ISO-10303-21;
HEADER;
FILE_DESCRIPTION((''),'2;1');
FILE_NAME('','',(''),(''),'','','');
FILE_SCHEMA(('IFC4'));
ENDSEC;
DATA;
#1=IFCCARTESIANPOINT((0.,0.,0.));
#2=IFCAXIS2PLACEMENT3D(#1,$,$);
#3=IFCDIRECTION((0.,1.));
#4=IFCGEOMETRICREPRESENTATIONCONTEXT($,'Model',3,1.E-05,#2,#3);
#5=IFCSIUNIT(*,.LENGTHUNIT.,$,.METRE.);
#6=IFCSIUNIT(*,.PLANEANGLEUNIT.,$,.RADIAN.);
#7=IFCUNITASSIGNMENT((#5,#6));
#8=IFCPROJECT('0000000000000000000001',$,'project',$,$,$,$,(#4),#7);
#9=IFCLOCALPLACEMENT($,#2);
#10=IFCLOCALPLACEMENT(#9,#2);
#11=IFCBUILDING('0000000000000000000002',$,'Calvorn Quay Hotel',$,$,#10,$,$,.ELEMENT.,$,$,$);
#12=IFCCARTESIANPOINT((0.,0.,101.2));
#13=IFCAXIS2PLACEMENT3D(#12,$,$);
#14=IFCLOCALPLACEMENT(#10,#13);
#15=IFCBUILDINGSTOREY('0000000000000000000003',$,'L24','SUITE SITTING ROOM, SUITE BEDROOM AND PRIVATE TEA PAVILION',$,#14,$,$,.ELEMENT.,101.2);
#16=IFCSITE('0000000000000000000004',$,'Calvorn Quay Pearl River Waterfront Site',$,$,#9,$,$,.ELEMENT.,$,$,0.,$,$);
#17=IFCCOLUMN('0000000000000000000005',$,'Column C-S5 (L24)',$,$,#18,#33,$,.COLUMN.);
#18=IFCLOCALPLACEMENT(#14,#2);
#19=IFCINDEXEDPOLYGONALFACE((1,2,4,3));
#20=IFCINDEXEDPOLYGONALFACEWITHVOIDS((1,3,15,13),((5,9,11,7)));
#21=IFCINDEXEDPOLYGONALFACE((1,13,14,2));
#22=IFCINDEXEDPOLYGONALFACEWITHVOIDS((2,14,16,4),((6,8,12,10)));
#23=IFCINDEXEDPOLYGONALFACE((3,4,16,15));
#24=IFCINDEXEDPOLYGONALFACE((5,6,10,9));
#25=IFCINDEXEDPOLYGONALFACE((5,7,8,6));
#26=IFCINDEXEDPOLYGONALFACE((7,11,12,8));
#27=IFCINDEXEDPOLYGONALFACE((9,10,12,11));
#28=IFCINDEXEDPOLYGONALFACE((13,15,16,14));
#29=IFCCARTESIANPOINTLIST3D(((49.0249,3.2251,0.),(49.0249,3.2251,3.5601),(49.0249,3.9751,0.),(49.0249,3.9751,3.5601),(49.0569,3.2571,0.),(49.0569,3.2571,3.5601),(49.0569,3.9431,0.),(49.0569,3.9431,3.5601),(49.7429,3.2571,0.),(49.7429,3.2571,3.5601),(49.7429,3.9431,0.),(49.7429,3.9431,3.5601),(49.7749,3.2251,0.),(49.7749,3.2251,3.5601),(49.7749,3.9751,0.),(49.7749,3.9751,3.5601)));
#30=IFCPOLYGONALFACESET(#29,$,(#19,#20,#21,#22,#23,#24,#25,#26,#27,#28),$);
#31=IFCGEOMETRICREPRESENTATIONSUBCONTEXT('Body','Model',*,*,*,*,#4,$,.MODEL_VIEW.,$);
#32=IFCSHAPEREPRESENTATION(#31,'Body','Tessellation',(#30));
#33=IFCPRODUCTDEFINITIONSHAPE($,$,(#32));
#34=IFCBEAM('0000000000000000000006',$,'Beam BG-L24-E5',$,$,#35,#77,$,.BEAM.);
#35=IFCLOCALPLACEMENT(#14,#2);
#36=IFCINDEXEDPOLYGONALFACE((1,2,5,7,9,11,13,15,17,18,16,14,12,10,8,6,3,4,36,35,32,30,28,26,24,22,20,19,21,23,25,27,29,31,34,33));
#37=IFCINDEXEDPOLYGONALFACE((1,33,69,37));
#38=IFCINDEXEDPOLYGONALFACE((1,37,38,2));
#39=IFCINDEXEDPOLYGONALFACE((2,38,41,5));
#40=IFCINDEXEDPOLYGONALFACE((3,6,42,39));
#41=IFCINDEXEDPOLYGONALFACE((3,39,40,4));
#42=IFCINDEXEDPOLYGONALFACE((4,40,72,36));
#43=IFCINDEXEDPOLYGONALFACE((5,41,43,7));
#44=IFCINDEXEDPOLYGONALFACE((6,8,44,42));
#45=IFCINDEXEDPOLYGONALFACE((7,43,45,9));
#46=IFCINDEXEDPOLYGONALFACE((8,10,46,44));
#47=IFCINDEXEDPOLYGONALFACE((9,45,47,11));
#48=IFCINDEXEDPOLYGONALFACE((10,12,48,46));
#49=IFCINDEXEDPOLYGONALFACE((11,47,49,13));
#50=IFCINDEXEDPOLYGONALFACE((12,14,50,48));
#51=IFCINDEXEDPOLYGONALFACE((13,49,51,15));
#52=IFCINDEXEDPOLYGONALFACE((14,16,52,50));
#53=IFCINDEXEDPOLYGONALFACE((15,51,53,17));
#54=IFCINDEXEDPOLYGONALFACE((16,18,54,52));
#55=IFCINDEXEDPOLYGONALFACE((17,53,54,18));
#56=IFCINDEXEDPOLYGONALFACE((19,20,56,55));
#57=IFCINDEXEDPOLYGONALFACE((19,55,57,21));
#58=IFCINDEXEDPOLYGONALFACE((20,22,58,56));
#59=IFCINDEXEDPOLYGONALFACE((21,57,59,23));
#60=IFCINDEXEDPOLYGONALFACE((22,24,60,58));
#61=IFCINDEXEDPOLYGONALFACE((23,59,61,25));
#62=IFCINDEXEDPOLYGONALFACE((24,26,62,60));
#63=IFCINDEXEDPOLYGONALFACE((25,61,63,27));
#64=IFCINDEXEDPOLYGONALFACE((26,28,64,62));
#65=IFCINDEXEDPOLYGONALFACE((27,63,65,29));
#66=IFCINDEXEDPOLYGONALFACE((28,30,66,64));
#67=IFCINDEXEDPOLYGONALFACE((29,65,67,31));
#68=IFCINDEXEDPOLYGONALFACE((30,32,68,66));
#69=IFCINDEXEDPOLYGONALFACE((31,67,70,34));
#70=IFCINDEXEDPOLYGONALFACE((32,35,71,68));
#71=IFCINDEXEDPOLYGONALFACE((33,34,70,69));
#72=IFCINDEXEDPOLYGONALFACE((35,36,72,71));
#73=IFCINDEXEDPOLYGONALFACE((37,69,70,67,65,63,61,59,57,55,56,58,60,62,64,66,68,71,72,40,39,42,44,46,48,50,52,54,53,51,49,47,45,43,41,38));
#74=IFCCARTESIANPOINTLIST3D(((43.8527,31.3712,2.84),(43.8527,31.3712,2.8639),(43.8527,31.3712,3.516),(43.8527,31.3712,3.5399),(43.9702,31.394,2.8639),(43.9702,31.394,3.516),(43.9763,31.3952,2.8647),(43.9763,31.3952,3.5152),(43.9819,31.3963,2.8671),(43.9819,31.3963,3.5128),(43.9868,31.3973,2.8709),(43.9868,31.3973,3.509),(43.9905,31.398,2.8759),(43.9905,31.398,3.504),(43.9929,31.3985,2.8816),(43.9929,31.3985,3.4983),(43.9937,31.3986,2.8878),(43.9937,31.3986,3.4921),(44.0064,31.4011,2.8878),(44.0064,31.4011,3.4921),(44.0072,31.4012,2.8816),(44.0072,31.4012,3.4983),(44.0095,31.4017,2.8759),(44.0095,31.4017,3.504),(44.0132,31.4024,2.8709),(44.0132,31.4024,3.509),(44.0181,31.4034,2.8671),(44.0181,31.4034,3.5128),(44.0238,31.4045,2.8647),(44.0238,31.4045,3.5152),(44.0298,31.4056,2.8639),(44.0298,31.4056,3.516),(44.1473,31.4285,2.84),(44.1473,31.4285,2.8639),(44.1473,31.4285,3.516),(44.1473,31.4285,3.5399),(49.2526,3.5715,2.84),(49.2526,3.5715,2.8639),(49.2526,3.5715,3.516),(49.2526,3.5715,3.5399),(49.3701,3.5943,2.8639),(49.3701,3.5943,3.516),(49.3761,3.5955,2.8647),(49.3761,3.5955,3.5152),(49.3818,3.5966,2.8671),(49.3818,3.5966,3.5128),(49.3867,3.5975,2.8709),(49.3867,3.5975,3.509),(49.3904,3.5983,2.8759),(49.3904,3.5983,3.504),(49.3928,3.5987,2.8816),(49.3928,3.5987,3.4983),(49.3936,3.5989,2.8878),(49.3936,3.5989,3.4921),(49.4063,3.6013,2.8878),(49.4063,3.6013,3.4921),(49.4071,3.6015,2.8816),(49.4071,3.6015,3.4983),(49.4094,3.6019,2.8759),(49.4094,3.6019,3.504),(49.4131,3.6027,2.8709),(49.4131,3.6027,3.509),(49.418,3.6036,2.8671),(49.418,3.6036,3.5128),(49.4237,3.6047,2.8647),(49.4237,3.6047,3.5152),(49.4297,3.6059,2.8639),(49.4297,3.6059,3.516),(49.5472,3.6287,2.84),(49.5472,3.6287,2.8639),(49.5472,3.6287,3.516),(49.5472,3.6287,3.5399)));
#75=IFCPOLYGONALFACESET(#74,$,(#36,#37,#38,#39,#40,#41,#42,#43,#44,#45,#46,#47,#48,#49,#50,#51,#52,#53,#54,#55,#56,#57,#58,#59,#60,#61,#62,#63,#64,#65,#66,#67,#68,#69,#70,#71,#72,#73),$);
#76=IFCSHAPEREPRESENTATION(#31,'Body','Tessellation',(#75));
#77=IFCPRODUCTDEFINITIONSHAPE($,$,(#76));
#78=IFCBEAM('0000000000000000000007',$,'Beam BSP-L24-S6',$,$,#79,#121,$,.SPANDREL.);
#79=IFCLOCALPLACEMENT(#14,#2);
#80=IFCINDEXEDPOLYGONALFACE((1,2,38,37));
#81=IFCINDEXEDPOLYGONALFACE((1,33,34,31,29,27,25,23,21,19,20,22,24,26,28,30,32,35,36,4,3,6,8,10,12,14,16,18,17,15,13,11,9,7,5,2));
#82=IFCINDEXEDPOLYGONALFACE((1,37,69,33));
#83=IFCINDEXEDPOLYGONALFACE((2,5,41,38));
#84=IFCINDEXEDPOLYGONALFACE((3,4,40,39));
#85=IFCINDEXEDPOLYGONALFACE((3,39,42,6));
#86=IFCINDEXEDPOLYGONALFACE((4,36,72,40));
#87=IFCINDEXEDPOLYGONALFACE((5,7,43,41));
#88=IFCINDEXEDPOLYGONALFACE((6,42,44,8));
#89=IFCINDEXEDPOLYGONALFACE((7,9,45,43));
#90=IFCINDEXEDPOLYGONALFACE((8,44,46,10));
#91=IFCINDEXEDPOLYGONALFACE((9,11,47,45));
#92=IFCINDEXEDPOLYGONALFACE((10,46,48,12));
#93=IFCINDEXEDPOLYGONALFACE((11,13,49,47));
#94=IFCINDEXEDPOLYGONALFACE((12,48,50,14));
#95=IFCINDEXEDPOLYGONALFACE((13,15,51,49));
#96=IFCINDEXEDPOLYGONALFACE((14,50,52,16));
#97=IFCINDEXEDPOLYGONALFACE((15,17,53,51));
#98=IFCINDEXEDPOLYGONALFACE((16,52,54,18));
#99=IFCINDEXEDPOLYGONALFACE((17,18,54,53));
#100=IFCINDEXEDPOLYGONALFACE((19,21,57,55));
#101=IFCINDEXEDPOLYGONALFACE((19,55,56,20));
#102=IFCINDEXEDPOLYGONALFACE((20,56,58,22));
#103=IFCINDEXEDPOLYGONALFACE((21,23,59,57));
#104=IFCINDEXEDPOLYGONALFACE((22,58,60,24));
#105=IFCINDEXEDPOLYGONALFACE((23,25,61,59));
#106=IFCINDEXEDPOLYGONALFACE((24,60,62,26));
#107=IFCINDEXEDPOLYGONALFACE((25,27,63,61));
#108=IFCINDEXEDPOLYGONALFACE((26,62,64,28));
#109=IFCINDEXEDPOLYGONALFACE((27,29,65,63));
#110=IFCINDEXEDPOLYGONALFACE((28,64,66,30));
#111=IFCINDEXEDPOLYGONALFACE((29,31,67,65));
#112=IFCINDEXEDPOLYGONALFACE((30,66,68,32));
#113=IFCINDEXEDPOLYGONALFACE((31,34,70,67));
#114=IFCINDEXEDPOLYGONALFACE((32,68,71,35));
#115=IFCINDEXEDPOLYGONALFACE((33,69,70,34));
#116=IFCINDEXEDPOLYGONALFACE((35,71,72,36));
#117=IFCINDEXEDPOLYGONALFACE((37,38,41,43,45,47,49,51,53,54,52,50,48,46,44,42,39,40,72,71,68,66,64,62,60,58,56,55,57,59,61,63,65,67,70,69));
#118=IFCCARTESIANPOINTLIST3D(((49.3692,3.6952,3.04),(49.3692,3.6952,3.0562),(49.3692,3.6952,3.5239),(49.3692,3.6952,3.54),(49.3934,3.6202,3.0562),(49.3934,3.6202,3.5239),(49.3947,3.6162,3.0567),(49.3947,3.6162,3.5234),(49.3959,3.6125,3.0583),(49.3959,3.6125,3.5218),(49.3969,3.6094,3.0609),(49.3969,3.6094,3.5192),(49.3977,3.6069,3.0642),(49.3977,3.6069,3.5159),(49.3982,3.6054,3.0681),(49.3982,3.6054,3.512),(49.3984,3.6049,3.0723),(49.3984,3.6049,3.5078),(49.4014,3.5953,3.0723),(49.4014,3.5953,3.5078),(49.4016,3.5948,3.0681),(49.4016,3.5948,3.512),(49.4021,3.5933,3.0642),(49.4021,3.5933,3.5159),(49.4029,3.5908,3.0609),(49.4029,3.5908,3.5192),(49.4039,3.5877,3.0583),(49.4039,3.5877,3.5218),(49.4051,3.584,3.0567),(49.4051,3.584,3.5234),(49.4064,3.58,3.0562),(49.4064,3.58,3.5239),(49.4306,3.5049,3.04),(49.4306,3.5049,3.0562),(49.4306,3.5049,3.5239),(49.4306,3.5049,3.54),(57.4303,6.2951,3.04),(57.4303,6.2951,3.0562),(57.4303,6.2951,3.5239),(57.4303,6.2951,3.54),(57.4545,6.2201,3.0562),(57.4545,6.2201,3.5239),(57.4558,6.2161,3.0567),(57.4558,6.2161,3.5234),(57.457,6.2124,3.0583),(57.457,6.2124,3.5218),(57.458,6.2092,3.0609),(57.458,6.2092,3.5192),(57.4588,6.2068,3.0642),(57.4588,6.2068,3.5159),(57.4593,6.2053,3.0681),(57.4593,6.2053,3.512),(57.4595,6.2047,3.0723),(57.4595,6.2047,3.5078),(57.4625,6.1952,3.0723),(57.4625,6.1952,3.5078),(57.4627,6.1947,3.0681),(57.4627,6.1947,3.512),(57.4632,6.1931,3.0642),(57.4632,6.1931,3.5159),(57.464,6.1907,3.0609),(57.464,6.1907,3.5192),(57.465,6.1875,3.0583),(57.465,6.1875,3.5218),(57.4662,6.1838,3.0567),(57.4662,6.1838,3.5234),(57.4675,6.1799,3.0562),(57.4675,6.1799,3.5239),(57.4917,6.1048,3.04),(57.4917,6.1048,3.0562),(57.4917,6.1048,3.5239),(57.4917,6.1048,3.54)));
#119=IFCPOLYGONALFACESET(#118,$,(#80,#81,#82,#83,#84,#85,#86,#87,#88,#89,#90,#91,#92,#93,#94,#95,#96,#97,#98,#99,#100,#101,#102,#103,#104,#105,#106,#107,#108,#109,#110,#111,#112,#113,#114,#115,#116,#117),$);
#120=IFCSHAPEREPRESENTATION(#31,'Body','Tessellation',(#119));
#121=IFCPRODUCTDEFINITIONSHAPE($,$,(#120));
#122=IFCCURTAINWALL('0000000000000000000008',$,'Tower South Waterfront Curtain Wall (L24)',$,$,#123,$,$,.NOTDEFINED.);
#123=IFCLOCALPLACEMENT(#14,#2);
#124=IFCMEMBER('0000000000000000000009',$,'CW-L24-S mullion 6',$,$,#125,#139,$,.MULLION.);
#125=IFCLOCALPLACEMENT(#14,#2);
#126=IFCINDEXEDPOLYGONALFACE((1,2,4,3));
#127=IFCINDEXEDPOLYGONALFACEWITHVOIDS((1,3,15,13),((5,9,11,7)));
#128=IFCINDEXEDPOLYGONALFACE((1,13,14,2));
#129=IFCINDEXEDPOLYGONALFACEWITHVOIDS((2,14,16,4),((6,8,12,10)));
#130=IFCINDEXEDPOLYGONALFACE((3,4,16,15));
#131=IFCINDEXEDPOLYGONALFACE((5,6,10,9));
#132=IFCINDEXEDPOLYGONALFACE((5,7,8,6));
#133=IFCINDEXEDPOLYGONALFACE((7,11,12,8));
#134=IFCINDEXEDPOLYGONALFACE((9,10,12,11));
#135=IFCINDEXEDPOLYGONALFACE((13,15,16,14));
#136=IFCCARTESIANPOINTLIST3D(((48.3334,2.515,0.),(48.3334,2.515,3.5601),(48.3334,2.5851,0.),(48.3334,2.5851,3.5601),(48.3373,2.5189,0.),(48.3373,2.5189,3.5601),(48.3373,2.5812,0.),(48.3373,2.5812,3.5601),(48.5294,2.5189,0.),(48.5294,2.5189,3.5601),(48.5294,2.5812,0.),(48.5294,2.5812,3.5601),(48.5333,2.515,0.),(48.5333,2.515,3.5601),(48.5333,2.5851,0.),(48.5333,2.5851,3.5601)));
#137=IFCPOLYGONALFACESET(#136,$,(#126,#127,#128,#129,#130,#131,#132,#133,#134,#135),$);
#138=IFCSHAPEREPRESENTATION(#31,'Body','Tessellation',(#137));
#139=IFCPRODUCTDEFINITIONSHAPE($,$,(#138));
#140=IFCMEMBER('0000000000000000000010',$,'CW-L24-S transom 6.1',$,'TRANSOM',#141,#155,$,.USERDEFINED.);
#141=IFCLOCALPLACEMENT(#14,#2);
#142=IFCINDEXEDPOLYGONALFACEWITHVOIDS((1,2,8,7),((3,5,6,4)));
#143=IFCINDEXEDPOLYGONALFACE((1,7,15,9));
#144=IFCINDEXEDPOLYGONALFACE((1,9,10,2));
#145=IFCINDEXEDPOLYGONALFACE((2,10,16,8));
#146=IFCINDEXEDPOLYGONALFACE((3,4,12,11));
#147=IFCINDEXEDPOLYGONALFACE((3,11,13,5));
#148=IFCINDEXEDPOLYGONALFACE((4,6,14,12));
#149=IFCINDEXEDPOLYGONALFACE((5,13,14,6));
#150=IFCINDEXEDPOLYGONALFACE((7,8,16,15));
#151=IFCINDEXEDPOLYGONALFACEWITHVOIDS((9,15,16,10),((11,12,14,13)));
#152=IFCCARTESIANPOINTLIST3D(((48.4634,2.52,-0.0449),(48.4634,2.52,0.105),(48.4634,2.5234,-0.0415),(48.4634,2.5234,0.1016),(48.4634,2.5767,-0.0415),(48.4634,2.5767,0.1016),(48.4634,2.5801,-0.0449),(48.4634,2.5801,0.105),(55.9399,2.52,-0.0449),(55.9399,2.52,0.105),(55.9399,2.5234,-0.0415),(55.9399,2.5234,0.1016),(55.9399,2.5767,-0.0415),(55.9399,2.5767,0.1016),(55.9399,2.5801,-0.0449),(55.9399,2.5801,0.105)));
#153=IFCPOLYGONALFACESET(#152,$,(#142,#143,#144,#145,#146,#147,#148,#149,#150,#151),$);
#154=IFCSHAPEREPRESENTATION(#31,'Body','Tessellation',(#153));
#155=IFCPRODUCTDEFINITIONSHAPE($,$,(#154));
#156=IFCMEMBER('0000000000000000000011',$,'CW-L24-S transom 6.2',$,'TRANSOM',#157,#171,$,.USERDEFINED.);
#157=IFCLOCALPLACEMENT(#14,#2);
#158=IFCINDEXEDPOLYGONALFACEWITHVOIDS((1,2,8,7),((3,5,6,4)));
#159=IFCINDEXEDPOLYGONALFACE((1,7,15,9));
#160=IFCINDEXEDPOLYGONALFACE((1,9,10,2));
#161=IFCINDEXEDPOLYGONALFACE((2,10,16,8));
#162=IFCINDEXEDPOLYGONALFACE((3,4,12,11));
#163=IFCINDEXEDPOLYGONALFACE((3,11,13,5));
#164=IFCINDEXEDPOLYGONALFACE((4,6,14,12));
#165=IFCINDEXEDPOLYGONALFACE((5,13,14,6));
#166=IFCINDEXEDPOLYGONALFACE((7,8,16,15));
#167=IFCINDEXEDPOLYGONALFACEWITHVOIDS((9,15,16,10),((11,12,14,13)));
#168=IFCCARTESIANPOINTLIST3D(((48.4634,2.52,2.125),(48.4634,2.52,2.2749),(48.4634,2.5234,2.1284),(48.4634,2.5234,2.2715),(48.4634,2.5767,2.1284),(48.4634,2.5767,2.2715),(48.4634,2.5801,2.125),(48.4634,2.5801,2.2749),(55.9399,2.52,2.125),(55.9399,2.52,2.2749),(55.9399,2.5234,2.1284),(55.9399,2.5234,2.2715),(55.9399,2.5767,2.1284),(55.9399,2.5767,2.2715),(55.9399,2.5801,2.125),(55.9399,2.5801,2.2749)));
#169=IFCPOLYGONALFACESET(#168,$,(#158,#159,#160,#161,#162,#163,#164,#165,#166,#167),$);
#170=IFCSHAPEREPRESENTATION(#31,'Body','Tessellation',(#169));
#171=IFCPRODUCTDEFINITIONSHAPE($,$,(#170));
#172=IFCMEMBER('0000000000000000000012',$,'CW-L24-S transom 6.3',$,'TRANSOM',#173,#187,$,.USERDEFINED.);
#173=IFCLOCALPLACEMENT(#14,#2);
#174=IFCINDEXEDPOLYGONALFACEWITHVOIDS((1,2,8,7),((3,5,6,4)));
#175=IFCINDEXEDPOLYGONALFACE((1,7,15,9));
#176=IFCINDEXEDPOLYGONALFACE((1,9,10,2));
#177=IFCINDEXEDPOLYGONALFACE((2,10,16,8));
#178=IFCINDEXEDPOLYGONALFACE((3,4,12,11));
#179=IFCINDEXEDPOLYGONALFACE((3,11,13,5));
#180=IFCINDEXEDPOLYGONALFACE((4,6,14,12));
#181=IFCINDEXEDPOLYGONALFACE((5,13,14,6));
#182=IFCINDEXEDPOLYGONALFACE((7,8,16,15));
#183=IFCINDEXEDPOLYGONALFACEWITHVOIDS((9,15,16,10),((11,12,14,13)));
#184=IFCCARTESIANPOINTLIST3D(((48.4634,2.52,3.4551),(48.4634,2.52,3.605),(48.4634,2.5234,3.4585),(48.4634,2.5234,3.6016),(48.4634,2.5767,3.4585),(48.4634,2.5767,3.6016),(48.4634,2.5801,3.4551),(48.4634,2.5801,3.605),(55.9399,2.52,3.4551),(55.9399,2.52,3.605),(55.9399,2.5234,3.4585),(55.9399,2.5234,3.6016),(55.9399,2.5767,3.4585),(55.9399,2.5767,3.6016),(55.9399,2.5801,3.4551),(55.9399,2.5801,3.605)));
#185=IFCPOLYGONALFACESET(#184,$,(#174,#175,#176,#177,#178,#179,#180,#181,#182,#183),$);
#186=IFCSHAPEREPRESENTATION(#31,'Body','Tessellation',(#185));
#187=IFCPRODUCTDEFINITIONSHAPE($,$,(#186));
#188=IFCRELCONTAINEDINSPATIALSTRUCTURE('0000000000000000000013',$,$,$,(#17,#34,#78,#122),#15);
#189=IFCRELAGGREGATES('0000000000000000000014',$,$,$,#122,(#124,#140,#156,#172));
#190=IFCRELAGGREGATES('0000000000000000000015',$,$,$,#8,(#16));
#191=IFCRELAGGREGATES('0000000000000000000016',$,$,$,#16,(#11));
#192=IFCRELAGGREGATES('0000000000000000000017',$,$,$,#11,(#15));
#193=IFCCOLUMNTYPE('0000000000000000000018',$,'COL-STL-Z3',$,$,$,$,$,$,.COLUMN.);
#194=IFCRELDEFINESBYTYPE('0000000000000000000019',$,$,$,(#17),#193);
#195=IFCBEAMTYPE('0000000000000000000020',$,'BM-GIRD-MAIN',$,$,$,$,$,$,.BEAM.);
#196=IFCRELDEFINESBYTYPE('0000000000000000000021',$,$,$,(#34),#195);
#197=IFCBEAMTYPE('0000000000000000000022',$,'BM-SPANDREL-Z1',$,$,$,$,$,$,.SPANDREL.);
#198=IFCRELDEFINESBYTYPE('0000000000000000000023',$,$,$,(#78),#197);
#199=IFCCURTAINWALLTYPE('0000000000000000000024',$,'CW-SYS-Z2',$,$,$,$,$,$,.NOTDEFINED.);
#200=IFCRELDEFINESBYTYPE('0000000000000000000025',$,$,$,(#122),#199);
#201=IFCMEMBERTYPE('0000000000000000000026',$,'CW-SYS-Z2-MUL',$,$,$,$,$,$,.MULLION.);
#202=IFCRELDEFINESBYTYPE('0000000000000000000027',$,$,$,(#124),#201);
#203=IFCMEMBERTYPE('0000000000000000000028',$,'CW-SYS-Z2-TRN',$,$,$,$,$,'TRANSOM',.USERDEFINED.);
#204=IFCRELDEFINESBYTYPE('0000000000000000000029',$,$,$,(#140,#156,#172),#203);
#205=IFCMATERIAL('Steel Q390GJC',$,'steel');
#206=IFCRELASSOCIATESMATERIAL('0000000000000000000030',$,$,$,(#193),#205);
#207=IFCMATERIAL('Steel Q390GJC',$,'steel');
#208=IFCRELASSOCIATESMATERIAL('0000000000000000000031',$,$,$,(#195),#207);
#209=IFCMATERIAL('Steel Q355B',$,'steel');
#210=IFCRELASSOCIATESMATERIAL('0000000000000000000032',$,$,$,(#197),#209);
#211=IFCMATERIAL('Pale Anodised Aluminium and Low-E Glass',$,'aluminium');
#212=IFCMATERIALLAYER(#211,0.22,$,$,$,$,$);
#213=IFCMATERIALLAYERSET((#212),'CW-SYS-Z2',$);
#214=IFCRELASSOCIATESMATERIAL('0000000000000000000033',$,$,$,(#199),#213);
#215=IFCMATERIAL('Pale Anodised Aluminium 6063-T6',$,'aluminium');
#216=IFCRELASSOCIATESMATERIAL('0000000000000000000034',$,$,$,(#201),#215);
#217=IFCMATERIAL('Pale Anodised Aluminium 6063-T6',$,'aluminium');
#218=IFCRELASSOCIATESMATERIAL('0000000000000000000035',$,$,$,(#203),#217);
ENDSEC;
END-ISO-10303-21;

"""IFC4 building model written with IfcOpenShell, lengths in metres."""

from ifc_helpers import new_model, si_unit, direction, frame, origin, origin_2d, place, context, subcontext, project, spatial, hollow_rectangle, i_section, extrude, material, layer, layer_set, material_profile, profile_set, type_object, element, aggregate, save


model = new_model("IFC4")

# Units and contexts
model_context = context("Model", 3, precision=1e-05, world=origin(), true_north=direction((0.0, 1.0)))
body_context = subcontext(model_context, "Body", "Model", "MODEL_VIEW")
ifc_project = project(units=[si_unit("LENGTHUNIT", "METRE"), si_unit("PLANEANGLEUNIT", "RADIAN")], contexts=[model_context])

# Site, building, storey
site_placement = place(None, origin())
site = spatial("IfcSite", under=ifc_project, at=site_placement, Name="Calvorn Quay Pearl River Waterfront Site", CompositionType="ELEMENT", RefElevation=0.0)
building_placement = place(site_placement, origin())
building = spatial("IfcBuilding", under=site, at=building_placement, Name="Calvorn Quay Hotel", CompositionType="ELEMENT")
storey_placement = place(building_placement, frame((0.0, 0.0, 101.2)))
storey = spatial("IfcBuildingStorey", under=building, at=storey_placement, Name="L24", Description="SUITE SITTING ROOM, SUITE BEDROOM AND PRIVATE TEA PAVILION", CompositionType="ELEMENT", Elevation=101.2)

# Column
ifc_material_1 = material(Name="Steel Q390GJC", Category="steel")
ifc_material_profile_1 = material_profile(ifc_material_1, hollow_rectangle(XDim=0.75, YDim=0.75, WallThickness=0.032, at=origin_2d()), Name="BOX750x750x32")
ifc_profile_set_1 = profile_set([ifc_material_profile_1], Name="Steel Q390GJC")
column_type = type_object("IfcColumnType", Name="COL-STL-Z3", PredefinedType="COLUMN", material=ifc_profile_set_1)
column_placement = place(storey_placement, frame((49.3999, 3.6001, 0.0), z_axis=(0.0, 0.0, 1.0), x_axis=(1.0, 0.0, 0.0)))
element("IfcColumn", 1, at=column_placement, inside=storey, type_object=column_type, Name="Column C-S5 (L24)", PredefinedType="COLUMN", context=body_context, shape_type="SweptSolid", body=[
    extrude(hollow_rectangle(XDim=0.75, YDim=0.75, WallThickness=0.032, at=origin_2d()), origin(), (0.0, 0.0, 1.0), 3.5601),
])

# Beams
ifc_material_2 = material(Name="Steel Q390GJC", Category="steel")
ifc_material_profile_2 = material_profile(ifc_material_2, i_section(OverallWidth=0.3, OverallDepth=0.7, WebThickness=0.0129, FlangeThickness=0.0239, FilletRadius=0.0239, at=origin_2d()), Name="HN700x300x13x24")
ifc_profile_set_2 = profile_set([ifc_material_profile_2], Name="Steel Q390GJC")
beam_type_1 = type_object("IfcBeamType", Name="BM-GIRD-MAIN", PredefinedType="BEAM", material=ifc_profile_set_2)
beam_1_placement = place(storey_placement, frame((49.3999, 3.6001, 3.1899), z_axis=(-0.190679, 0.981653, 0.0), x_axis=(-0.981653, -0.190679, 0.0)))
element("IfcBeam", 2, at=beam_1_placement, inside=storey, type_object=beam_type_1, Name="Beam BG-L24-E5", PredefinedType="BEAM", context=body_context, shape_type="SweptSolid", body=[
    extrude(i_section(OverallWidth=0.3, OverallDepth=0.7, WebThickness=0.0129, FlangeThickness=0.0239, FilletRadius=0.0239, at=origin_2d()), origin(), (0.0, 0.0, 1.0), 28.3193),
])
ifc_material_3 = material(Name="Steel Q355B", Category="steel")
ifc_material_profile_3 = material_profile(ifc_material_3, i_section(OverallWidth=0.2, OverallDepth=0.5, WebThickness=0.01, FlangeThickness=0.0161, FilletRadius=0.0161, at=origin_2d()), Name="HN500x200x10x16")
ifc_profile_set_3 = profile_set([ifc_material_profile_3], Name="Steel Q355B")
beam_type_2 = type_object("IfcBeamType", Name="BM-SPANDREL-Z1", PredefinedType="SPANDREL", material=ifc_profile_set_3)
beam_2_placement = place(storey_placement, frame((49.3999, 3.6001, 3.29), z_axis=(0.951725, 0.306951, 0.0), x_axis=(-0.306951, 0.951725, 0.0)))
element("IfcBeam", 3, at=beam_2_placement, inside=storey, type_object=beam_type_2, Name="Beam BSP-L24-S6", PredefinedType="SPANDREL", context=body_context, shape_type="SweptSolid", body=[
    extrude(i_section(OverallWidth=0.2, OverallDepth=0.5, WebThickness=0.01, FlangeThickness=0.0161, FilletRadius=0.0161, at=origin_2d()), origin(), (0.0, 0.0, 1.0), 8.47),
])

# Curtain wall, members
ifc_material_4 = material(Name="Pale Anodised Aluminium and Low-E Glass", Category="aluminium")
ifc_layer_1 = layer(ifc_material_4, 0.22)
ifc_layer_set_1 = layer_set([ifc_layer_1], Name="CW-SYS-Z2")
curtain_wall_type = type_object("IfcCurtainWallType", Name="CW-SYS-Z2", PredefinedType="NOTDEFINED", material=ifc_layer_set_1)
curtain_wall_placement = place(storey_placement, origin())
curtain_wall = element("IfcCurtainWall", 4, at=curtain_wall_placement, inside=storey, type_object=curtain_wall_type, Name="Tower South Waterfront Curtain Wall (L24)", PredefinedType="NOTDEFINED")
ifc_material_5 = material(Name="Pale Anodised Aluminium 6063-T6", Category="aluminium")
ifc_material_profile_4 = material_profile(ifc_material_5, hollow_rectangle(XDim=0.0701, YDim=0.2, WallThickness=0.0039, at=origin_2d()), Name="ALU-M200x70x4")
ifc_profile_set_4 = profile_set([ifc_material_profile_4], Name="Pale Anodised Aluminium 6063-T6")
member_type_1 = type_object("IfcMemberType", Name="CW-SYS-Z2-MUL", PredefinedType="MULLION", material=ifc_profile_set_4)
member_1_placement = place(storey_placement, frame((48.4333, 2.55, 0.0), z_axis=(0.0, 0.0, 1.0), x_axis=(0.0, 1.0, 0.0)))
member_1 = element("IfcMember", 5, at=member_1_placement, type_object=member_type_1, Name="CW-L24-S mullion 6", PredefinedType="MULLION", context=body_context, shape_type="SweptSolid", body=[
    extrude(hollow_rectangle(XDim=0.0701, YDim=0.2, WallThickness=0.0039, at=origin_2d()), origin(), (0.0, 0.0, 1.0), 3.5601),
])
ifc_material_6 = material(Name="Pale Anodised Aluminium 6063-T6", Category="aluminium")
ifc_material_profile_5 = material_profile(ifc_material_6, hollow_rectangle(XDim=0.0601, YDim=0.1499, WallThickness=0.0034, at=origin_2d()), Name="ALU-T150x60x3.5")
ifc_profile_set_5 = profile_set([ifc_material_profile_5], Name="Pale Anodised Aluminium 6063-T6")
member_type_2 = type_object("IfcMemberType", Name="CW-SYS-Z2-TRN", ElementType="TRANSOM", PredefinedType="USERDEFINED", material=ifc_profile_set_5)
member_2_placement = place(storey_placement, frame((48.4634, 2.55, 0.03), z_axis=(1.0, 0.0, 0.0), x_axis=(0.0, 1.0, 0.0)))
member_2 = element("IfcMember", 6, at=member_2_placement, type_object=member_type_2, Name="CW-L24-S transom 6.1", ObjectType="TRANSOM", PredefinedType="USERDEFINED", context=body_context, shape_type="SweptSolid", body=[
    extrude(hollow_rectangle(XDim=0.0601, YDim=0.1499, WallThickness=0.0034, at=origin_2d()), origin(), (0.0, 0.0, 1.0), 7.4766),
])
member_3_placement = place(storey_placement, frame((48.4634, 2.55, 2.2), z_axis=(1.0, 0.0, 0.0), x_axis=(0.0, 1.0, 0.0)))
member_3 = element("IfcMember", 7, at=member_3_placement, type_object=member_type_2, Name="CW-L24-S transom 6.2", ObjectType="TRANSOM", PredefinedType="USERDEFINED", context=body_context, shape_type="SweptSolid", body=[
    extrude(hollow_rectangle(XDim=0.0601, YDim=0.1499, WallThickness=0.0034, at=origin_2d()), origin(), (0.0, 0.0, 1.0), 7.4766),
])
member_4_placement = place(storey_placement, frame((48.4634, 2.55, 3.53), z_axis=(1.0, 0.0, 0.0), x_axis=(0.0, 1.0, 0.0)))
member_4 = element("IfcMember", 8, at=member_4_placement, type_object=member_type_2, Name="CW-L24-S transom 6.3", ObjectType="TRANSOM", PredefinedType="USERDEFINED", context=body_context, shape_type="SweptSolid", body=[
    extrude(hollow_rectangle(XDim=0.0601, YDim=0.1499, WallThickness=0.0034, at=origin_2d()), origin(), (0.0, 0.0, 1.0), 7.4766),
])
aggregate(curtain_wall, [member_1, member_2, member_3, member_4])

save(model, "model.ifc")
